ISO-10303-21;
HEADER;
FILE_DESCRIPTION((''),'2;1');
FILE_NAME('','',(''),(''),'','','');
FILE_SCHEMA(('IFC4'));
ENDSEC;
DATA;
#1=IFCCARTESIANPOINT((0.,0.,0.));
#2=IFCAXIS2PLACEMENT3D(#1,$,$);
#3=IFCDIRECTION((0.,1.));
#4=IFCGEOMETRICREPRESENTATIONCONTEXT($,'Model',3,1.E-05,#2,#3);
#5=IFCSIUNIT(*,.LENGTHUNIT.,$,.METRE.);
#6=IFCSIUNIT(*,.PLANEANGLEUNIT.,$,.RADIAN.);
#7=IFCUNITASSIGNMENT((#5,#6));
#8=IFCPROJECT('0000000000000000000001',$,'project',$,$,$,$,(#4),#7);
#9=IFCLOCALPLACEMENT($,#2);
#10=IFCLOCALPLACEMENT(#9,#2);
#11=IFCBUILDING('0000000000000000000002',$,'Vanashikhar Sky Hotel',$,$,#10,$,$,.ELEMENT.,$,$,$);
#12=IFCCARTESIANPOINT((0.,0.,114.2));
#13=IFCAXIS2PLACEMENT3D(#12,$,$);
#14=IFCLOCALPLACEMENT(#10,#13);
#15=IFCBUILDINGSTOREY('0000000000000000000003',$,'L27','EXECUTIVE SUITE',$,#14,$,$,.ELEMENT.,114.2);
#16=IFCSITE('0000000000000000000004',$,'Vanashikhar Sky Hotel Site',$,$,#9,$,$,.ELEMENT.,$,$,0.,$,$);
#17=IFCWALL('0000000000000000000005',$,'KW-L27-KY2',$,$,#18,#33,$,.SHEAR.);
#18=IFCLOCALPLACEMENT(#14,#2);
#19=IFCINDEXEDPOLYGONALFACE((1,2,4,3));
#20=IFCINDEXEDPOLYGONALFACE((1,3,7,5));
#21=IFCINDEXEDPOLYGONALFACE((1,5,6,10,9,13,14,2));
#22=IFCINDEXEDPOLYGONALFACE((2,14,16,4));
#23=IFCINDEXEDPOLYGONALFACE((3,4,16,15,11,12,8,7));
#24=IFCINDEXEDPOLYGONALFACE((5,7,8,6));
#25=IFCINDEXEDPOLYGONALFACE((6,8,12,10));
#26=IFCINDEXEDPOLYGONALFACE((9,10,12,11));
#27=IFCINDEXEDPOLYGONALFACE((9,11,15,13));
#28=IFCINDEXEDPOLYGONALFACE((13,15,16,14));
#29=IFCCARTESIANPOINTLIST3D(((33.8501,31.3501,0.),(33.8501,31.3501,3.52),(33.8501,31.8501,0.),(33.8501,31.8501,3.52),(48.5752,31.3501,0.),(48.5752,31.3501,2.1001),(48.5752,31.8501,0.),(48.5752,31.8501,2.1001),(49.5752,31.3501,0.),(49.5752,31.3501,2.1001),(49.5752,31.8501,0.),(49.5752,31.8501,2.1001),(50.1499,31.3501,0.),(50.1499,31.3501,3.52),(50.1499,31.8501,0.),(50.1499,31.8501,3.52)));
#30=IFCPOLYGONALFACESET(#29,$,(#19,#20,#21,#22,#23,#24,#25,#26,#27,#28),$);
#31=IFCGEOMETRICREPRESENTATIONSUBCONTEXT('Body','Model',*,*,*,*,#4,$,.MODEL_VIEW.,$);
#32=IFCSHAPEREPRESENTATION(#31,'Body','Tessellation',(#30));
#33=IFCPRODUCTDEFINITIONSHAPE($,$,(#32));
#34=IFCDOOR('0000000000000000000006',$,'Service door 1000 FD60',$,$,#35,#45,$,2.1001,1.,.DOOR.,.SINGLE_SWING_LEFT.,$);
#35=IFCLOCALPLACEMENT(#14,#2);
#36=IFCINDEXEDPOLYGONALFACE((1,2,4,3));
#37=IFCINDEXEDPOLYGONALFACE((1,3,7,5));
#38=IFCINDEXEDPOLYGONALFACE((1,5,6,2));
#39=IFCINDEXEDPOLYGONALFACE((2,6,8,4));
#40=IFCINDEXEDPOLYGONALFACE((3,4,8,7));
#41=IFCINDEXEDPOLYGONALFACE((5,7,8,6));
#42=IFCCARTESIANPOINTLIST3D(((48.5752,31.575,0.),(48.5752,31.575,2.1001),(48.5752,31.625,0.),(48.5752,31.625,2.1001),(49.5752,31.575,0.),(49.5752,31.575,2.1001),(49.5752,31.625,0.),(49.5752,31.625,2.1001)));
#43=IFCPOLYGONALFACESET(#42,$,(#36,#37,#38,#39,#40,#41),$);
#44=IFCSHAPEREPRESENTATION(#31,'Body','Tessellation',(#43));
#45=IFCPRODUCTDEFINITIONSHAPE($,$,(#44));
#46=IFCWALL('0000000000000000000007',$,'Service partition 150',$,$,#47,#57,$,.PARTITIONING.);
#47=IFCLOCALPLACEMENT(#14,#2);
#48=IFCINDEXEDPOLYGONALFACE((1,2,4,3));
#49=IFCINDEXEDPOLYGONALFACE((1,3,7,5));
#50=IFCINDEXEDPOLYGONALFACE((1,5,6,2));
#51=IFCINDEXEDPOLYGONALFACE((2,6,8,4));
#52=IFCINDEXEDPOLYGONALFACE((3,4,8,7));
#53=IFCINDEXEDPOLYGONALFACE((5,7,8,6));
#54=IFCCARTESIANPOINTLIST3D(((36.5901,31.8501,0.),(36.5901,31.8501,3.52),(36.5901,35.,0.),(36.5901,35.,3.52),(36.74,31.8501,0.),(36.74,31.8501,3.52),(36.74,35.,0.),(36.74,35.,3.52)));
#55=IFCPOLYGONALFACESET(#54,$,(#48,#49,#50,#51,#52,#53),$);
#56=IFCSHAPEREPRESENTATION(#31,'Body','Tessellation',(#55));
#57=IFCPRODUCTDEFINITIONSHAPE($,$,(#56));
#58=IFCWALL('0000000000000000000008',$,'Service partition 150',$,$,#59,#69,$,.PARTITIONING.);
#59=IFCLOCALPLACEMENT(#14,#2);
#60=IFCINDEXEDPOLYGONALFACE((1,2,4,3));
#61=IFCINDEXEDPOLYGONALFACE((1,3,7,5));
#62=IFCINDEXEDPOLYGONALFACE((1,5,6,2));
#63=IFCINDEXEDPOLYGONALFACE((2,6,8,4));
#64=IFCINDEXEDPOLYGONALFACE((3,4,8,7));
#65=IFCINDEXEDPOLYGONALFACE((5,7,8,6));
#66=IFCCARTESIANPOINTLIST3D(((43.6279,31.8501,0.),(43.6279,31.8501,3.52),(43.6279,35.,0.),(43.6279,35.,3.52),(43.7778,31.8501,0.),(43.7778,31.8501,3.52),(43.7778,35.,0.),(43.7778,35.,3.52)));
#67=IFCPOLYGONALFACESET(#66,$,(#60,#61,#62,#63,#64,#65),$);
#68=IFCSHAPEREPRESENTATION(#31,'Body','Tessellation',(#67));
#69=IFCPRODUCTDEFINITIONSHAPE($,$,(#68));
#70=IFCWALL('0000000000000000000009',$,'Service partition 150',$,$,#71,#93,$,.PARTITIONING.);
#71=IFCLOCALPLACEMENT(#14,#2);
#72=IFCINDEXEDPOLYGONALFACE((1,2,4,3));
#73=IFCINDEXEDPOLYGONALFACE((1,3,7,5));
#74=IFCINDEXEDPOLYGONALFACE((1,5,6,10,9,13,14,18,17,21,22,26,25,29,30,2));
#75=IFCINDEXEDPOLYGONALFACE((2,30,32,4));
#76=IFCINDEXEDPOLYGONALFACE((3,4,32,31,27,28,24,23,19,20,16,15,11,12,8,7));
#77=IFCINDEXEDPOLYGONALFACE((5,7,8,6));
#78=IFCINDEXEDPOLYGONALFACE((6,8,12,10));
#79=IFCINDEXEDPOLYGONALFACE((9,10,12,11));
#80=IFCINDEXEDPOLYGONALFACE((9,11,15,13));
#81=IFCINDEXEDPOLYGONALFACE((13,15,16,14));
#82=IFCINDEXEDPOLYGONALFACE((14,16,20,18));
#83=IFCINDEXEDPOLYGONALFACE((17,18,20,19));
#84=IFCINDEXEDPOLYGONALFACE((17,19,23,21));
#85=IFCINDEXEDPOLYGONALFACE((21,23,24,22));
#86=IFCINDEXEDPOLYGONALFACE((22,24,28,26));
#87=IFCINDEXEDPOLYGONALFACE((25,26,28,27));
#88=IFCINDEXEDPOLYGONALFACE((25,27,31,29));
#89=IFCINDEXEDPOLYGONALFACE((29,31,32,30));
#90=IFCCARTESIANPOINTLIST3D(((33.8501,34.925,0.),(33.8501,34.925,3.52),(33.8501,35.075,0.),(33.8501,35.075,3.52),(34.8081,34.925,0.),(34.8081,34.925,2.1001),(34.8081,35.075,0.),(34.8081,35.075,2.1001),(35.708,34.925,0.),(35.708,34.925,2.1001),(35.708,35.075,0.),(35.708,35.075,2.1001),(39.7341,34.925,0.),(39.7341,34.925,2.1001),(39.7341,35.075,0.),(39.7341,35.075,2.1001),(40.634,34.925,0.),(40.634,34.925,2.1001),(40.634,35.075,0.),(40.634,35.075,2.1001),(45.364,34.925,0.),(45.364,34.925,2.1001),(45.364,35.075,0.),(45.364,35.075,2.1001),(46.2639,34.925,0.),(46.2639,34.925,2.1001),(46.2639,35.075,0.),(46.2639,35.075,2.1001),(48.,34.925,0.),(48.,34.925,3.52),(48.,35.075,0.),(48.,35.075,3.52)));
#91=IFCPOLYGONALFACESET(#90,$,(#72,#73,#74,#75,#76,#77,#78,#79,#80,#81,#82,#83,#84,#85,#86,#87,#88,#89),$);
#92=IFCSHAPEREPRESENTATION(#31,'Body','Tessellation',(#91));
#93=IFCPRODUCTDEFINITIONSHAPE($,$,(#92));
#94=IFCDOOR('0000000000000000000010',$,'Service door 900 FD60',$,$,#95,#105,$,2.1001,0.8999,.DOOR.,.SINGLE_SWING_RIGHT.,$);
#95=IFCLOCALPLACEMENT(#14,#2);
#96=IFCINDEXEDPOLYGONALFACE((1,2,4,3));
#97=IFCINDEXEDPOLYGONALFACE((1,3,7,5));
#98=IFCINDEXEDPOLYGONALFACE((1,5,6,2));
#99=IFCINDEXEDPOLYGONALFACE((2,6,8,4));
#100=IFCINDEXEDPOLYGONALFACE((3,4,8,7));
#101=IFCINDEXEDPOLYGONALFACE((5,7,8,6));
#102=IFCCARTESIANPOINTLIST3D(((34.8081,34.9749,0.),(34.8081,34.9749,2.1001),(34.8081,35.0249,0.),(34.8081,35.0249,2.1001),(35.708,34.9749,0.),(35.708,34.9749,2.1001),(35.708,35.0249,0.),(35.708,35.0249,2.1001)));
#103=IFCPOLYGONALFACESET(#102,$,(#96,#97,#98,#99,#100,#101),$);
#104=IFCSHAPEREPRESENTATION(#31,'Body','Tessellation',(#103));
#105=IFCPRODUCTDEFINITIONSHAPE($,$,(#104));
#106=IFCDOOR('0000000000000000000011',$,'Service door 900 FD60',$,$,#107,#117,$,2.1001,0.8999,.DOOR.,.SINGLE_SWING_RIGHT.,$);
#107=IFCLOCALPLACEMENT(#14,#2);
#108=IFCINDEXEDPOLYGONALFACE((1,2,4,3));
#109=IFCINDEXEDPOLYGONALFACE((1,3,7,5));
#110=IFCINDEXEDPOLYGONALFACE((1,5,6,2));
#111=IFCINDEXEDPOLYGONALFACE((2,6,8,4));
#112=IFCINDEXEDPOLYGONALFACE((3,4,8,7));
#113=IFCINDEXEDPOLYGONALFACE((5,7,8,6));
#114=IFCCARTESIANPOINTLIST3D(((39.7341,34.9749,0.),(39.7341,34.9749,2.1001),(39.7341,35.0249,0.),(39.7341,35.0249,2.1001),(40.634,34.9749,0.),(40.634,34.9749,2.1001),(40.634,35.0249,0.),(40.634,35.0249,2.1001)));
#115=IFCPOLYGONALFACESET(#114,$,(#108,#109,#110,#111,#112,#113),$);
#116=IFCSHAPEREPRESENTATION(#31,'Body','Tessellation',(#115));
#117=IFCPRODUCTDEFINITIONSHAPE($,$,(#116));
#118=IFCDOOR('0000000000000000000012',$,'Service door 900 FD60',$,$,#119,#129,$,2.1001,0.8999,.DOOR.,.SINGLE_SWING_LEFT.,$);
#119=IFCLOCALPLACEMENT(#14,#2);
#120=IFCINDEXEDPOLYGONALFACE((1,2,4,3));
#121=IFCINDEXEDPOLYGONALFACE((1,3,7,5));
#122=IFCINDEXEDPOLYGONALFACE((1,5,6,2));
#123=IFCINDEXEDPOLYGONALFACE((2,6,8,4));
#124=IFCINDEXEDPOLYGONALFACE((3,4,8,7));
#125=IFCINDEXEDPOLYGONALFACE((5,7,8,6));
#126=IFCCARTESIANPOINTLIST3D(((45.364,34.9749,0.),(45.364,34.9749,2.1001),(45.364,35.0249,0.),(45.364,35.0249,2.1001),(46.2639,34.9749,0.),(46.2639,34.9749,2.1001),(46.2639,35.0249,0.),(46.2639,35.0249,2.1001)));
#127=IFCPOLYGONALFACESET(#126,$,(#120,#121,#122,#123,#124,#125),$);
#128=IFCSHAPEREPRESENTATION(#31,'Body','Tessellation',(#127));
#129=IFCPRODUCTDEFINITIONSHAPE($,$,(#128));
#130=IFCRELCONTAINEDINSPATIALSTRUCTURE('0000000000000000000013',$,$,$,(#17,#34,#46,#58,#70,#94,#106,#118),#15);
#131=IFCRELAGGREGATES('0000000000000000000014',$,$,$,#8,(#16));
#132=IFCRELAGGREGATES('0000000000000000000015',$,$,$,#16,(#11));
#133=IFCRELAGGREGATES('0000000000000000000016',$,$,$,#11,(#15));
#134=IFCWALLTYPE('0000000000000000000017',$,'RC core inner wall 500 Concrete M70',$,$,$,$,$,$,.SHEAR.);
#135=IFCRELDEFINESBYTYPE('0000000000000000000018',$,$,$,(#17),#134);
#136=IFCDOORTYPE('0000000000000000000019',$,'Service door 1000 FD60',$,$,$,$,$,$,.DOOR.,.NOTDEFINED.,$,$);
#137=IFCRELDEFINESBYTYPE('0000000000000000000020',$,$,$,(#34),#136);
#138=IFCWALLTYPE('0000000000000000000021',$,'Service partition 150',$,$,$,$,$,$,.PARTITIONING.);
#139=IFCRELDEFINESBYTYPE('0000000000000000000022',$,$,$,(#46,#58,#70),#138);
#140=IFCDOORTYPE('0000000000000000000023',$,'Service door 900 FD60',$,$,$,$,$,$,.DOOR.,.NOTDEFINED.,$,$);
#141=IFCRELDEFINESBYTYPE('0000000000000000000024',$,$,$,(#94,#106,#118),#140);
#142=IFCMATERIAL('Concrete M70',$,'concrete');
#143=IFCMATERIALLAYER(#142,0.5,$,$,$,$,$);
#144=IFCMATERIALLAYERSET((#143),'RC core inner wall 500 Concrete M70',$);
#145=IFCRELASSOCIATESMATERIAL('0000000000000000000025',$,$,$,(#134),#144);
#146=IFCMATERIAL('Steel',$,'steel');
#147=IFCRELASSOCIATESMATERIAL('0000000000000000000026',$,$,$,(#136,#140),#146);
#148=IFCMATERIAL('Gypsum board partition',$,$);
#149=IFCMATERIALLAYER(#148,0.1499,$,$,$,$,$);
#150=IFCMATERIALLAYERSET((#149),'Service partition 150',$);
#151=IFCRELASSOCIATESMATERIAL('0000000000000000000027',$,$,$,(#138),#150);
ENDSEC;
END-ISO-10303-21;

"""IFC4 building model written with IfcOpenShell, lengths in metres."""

from ifc_helpers import new_model, si_unit, direction, frame, frame_2d, origin, place, context, subcontext, project, spatial, rectangle, extrude, source, transform, mapped, material, layer, layer_set, type_object, element, fill, save


model = new_model("IFC4")

# Units and contexts
model_context = context("Model", 3, precision=1e-05, world=origin(), true_north=direction((0.0, 1.0)))
body_context = subcontext(model_context, "Body", "Model", "MODEL_VIEW")
ifc_project = project(units=[si_unit("LENGTHUNIT", "METRE"), si_unit("PLANEANGLEUNIT", "RADIAN")], contexts=[model_context])

# Site, building, storey
site_placement = place(None, origin())
site = spatial("IfcSite", under=ifc_project, at=site_placement, Name="Vanashikhar Sky Hotel Site", CompositionType="ELEMENT", RefElevation=0.0)
building_placement = place(site_placement, origin())
building = spatial("IfcBuilding", under=site, at=building_placement, Name="Vanashikhar Sky Hotel", CompositionType="ELEMENT")
storey_placement = place(building_placement, frame((0.0, 0.0, 114.2)))
storey = spatial("IfcBuildingStorey", under=building, at=storey_placement, Name="L27", Description="EXECUTIVE SUITE", CompositionType="ELEMENT", Elevation=114.2)

# Wall, opening, door
ifc_material_1 = material(Name="Concrete M70", Category="concrete")
ifc_layer_1 = layer(ifc_material_1, 0.5)
ifc_layer_set_1 = layer_set([ifc_layer_1], Name="RC core inner wall 500 Concrete M70")
wall_type_1 = type_object("IfcWallType", Name="RC core inner wall 500 Concrete M70", PredefinedType="SHEAR", material=ifc_layer_set_1)
shared_shape_1 = source(origin(), body_context, "Body", "SweptSolid", [
    extrude(rectangle(XDim=16.2998, YDim=0.5, at=frame_2d((8.1499, 0.0))), origin(), (0.0, 0.0, 1.0), 3.52),
])
wall_1_placement = place(storey_placement, frame((33.8501, 31.6001, 0.0), z_axis=(0.0, 0.0, 1.0), x_axis=(1.0, 0.0, 0.0)))
wall_1 = element("IfcWall", 1, at=wall_1_placement, inside=storey, type_object=wall_type_1, Name="KW-L27-KY2", PredefinedType="SHEAR", context=body_context, shape_type="MappedRepresentation", body=[
    mapped(shared_shape_1, transform((0.0, 0.0, 0.0), scale=1.0)),
])
shared_shape_2 = source(origin(), body_context, "Body", "SweptSolid", [
    extrude(rectangle(XDim=1.0, YDim=2.1001, at=frame_2d((0.5, 1.05))), frame((0.0, 0.26, 0.0), z_axis=(0.0, -1.0, 0.0), x_axis=(1.0, 0.0, 0.0)), (0.0, 0.0, 1.0), 0.52),
])
opening_1_placement = place(wall_1_placement, frame((14.7251, 0.0, 0.0)))
opening_1 = element("IfcOpeningElement", 2, at=opening_1_placement, cuts=wall_1, PredefinedType="OPENING", context=body_context, shape_type="MappedRepresentation", body=[
    mapped(shared_shape_2, transform((0.0, 0.0, 0.0), scale=1.0)),
])
ifc_material_2 = material(Name="Steel", Category="steel")
door_type_1 = type_object("IfcDoorType", Name="Service door 1000 FD60", OperationType="NOTDEFINED", PredefinedType="DOOR", material=ifc_material_2)
shared_shape_3 = source(origin(), body_context, "Body", "SweptSolid", [
    extrude(rectangle(XDim=1.0, YDim=2.1001, at=frame_2d((0.5, 1.05))), frame((0.0, 0.0249, 0.0), z_axis=(0.0, -1.0, 0.0), x_axis=(1.0, 0.0, 0.0)), (0.0, 0.0, 1.0), 0.05),
])
door_1_placement = place(opening_1_placement, origin())
door_1 = element("IfcDoor", 3, at=door_1_placement, inside=storey, type_object=door_type_1, Name="Service door 1000 FD60", OperationType="SINGLE_SWING_LEFT", OverallHeight=2.1001, OverallWidth=1.0, PredefinedType="DOOR", context=body_context, shape_type="MappedRepresentation", body=[
    mapped(shared_shape_3, transform((0.0, 0.0, 0.0), scale=1.0)),
])
fill(opening_1, door_1)

# Walls
ifc_material_3 = material(Name="Gypsum board partition")
ifc_layer_2 = layer(ifc_material_3, 0.1499)
ifc_layer_set_2 = layer_set([ifc_layer_2], Name="Service partition 150")
wall_type_2 = type_object("IfcWallType", Name="Service partition 150", PredefinedType="PARTITIONING", material=ifc_layer_set_2)
shared_shape_4 = source(origin(), body_context, "Body", "SweptSolid", [
    extrude(rectangle(XDim=3.1499, YDim=0.1499, at=frame_2d((1.575, 0.0))), origin(), (0.0, 0.0, 1.0), 3.52),
])
for number, where, z_axis, x_axis, name in (
    (4, (36.665, 31.8501, 0.0), (0.0, 0.0, 1.0), (0.0, 1.0, 0.0), "Service partition 150"),
    (5, (43.7029, 31.8501, 0.0), (0.0, 0.0, 1.0), (0.0, 1.0, 0.0), "Service partition 150"),
):
    element("IfcWall", number, at=place(storey_placement, frame(where, z_axis=z_axis, x_axis=x_axis)), inside=storey, type_object=wall_type_2, Name=name, PredefinedType="PARTITIONING", context=body_context, shape_type="MappedRepresentation", body=[
        mapped(shared_shape_4, transform((0.0, 0.0, 0.0), scale=1.0)),
    ])

# Wall, openings, doors
shared_shape_5 = source(origin(), body_context, "Body", "SweptSolid", [
    extrude(rectangle(XDim=14.1499, YDim=0.1499, at=frame_2d((7.075, 0.0))), origin(), (0.0, 0.0, 1.0), 3.52),
])
wall_2_placement = place(storey_placement, frame((33.8501, 35.0, 0.0), z_axis=(0.0, 0.0, 1.0), x_axis=(1.0, 0.0, 0.0)))
wall_2 = element("IfcWall", 6, at=wall_2_placement, inside=storey, type_object=wall_type_2, Name="Service partition 150", PredefinedType="PARTITIONING", context=body_context, shape_type="MappedRepresentation", body=[
    mapped(shared_shape_5, transform((0.0, 0.0, 0.0), scale=1.0)),
])
shared_shape_6 = source(origin(), body_context, "Body", "SweptSolid", [
    extrude(rectangle(XDim=0.8999, YDim=2.1001, at=frame_2d((0.45, 1.05))), frame((0.0, 0.085, 0.0), z_axis=(0.0, -1.0, 0.0), x_axis=(1.0, 0.0, 0.0)), (0.0, 0.0, 1.0), 0.1699),
])
opening_2_placement = place(wall_2_placement, frame((0.958, 0.0, 0.0)))
opening_2 = element("IfcOpeningElement", 7, at=opening_2_placement, cuts=wall_2, PredefinedType="OPENING", context=body_context, shape_type="MappedRepresentation", body=[
    mapped(shared_shape_6, transform((0.0, 0.0, 0.0), scale=1.0)),
])
opening_3_placement = place(wall_2_placement, frame((5.884, 0.0, 0.0)))
opening_3 = element("IfcOpeningElement", 8, at=opening_3_placement, cuts=wall_2, PredefinedType="OPENING", context=body_context, shape_type="MappedRepresentation", body=[
    mapped(shared_shape_6, transform((0.0, 0.0, 0.0), scale=1.0)),
])
opening_4_placement = place(wall_2_placement, frame((11.5139, 0.0, 0.0)))
opening_4 = element("IfcOpeningElement", 9, at=opening_4_placement, cuts=wall_2, PredefinedType="OPENING", context=body_context, shape_type="MappedRepresentation", body=[
    mapped(shared_shape_6, transform((0.0, 0.0, 0.0), scale=1.0)),
])
door_type_2 = type_object("IfcDoorType", Name="Service door 900 FD60", OperationType="NOTDEFINED", PredefinedType="DOOR", material=ifc_material_2)
shared_shape_7 = source(origin(), body_context, "Body", "SweptSolid", [
    extrude(rectangle(XDim=0.8999, YDim=2.1001, at=frame_2d((0.45, 1.05))), frame((0.0, 0.0249, 0.0), z_axis=(0.0, -1.0, 0.0), x_axis=(1.0, 0.0, 0.0)), (0.0, 0.0, 1.0), 0.05),
])
door_2_placement = place(opening_2_placement, origin())
door_2 = element("IfcDoor", 10, at=door_2_placement, inside=storey, type_object=door_type_2, Name="Service door 900 FD60", OperationType="SINGLE_SWING_RIGHT", OverallHeight=2.1001, OverallWidth=0.8999, PredefinedType="DOOR", context=body_context, shape_type="MappedRepresentation", body=[
    mapped(shared_shape_7, transform((0.0, 0.0, 0.0), scale=1.0)),
])
fill(opening_2, door_2)
door_3_placement = place(opening_3_placement, origin())
door_3 = element("IfcDoor", 11, at=door_3_placement, inside=storey, type_object=door_type_2, Name="Service door 900 FD60", OperationType="SINGLE_SWING_RIGHT", OverallHeight=2.1001, OverallWidth=0.8999, PredefinedType="DOOR", context=body_context, shape_type="MappedRepresentation", body=[
    mapped(shared_shape_7, transform((0.0, 0.0, 0.0), scale=1.0)),
])
fill(opening_3, door_3)
door_4_placement = place(opening_4_placement, origin())
door_4 = element("IfcDoor", 12, at=door_4_placement, inside=storey, type_object=door_type_2, Name="Service door 900 FD60", OperationType="SINGLE_SWING_LEFT", OverallHeight=2.1001, OverallWidth=0.8999, PredefinedType="DOOR", context=body_context, shape_type="MappedRepresentation", body=[
    mapped(shared_shape_7, transform((0.0, 0.0, 0.0), scale=1.0)),
])
fill(opening_4, door_4)

save(model, "model.ifc")
